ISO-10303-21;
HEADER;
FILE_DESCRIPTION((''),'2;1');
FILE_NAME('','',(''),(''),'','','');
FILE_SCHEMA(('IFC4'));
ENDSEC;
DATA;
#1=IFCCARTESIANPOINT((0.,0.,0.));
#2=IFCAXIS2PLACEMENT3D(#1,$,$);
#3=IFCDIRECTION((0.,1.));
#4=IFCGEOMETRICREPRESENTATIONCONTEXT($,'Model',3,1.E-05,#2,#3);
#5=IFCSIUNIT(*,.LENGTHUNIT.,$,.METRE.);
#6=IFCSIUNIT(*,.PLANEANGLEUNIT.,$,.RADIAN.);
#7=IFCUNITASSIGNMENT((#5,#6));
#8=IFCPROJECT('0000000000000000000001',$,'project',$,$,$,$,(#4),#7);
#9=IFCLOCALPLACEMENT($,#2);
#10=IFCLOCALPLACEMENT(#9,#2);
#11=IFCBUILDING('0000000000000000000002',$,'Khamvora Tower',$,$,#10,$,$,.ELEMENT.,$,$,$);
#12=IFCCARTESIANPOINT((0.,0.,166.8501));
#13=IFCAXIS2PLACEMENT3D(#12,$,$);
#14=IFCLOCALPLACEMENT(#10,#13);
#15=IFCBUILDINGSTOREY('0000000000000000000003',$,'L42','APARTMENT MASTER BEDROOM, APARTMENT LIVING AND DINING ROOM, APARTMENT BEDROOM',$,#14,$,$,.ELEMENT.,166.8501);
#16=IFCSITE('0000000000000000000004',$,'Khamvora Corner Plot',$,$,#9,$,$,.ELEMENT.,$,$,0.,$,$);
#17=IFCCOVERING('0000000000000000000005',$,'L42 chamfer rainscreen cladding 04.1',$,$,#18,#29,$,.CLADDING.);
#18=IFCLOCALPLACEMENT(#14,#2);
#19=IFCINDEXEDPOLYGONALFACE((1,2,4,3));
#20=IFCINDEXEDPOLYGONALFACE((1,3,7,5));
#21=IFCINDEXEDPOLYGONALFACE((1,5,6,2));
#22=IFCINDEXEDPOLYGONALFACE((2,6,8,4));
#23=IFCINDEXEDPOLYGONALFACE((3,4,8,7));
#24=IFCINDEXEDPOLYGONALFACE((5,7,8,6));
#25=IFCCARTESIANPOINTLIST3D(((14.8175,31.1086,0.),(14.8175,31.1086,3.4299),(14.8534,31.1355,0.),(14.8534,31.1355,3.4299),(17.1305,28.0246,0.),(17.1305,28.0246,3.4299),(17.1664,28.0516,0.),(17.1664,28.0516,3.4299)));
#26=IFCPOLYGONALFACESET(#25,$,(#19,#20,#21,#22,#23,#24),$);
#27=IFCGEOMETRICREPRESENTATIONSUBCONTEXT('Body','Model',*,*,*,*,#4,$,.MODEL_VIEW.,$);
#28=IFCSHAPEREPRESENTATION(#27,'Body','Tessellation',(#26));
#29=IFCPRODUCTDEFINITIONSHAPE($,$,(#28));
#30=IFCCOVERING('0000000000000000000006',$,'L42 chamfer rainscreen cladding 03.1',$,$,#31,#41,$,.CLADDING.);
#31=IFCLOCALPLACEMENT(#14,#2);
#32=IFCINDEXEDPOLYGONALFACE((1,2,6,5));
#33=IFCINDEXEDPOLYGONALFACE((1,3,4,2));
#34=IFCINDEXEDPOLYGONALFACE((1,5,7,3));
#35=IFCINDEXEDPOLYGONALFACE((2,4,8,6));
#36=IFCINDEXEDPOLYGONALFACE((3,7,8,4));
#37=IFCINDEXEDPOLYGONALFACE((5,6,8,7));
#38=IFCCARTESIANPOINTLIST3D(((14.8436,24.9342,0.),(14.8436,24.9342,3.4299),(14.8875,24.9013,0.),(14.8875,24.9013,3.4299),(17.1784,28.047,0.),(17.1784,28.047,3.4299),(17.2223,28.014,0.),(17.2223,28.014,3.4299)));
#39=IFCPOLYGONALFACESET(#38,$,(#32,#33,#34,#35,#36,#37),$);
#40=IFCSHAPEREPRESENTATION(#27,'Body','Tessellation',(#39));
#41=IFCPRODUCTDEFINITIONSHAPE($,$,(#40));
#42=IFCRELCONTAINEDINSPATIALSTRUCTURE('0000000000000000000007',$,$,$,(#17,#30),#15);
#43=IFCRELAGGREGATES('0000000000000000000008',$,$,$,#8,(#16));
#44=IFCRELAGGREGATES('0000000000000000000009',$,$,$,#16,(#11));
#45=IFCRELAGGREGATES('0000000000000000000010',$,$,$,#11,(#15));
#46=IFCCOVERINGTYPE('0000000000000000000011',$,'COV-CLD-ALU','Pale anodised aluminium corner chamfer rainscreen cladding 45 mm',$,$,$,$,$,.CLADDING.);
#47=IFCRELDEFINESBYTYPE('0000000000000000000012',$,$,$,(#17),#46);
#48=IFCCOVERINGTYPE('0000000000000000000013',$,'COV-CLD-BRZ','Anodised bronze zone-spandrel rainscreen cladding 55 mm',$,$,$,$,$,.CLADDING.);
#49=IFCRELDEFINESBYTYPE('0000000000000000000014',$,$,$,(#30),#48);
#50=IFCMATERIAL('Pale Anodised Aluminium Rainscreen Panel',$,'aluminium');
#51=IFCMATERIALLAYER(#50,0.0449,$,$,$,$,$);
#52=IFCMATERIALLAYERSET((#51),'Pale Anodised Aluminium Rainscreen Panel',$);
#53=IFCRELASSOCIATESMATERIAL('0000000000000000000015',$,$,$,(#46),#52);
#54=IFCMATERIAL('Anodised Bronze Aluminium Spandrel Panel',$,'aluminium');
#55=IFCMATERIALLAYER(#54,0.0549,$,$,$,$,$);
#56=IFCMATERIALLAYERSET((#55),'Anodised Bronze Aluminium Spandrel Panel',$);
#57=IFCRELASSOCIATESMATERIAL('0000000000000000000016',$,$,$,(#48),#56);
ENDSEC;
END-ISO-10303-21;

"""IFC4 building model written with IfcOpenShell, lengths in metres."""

from ifc_helpers import new_model, si_unit, direction, frame, origin, origin_2d, place, context, subcontext, project, spatial, rectangle, extrude, material, layer, layer_set, type_object, element, save


model = new_model("IFC4")

# Units and contexts
model_context = context("Model", 3, precision=1e-05, world=origin(), true_north=direction((0.0, 1.0)))
body_context = subcontext(model_context, "Body", "Model", "MODEL_VIEW")
ifc_project = project(units=[si_unit("LENGTHUNIT", "METRE"), si_unit("PLANEANGLEUNIT", "RADIAN")], contexts=[model_context])

# Site, building, storey
site_placement = place(None, origin())
site = spatial("IfcSite", under=ifc_project, at=site_placement, Name="Khamvora Corner Plot", CompositionType="ELEMENT", RefElevation=0.0)
building_placement = place(site_placement, origin())
building = spatial("IfcBuilding", under=site, at=building_placement, Name="Khamvora Tower", CompositionType="ELEMENT")
storey_placement = place(building_placement, frame((0.0, 0.0, 166.8501)))
storey = spatial("IfcBuildingStorey", under=building, at=storey_placement, Name="L42", Description="APARTMENT MASTER BEDROOM, APARTMENT LIVING AND DINING ROOM, APARTMENT BEDROOM", CompositionType="ELEMENT", Elevation=166.8501)

# Coverings
ifc_material_1 = material(Name="Pale Anodised Aluminium Rainscreen Panel", Category="aluminium")
ifc_layer_1 = layer(ifc_material_1, 0.0449)
ifc_layer_set_1 = layer_set([ifc_layer_1], Name="Pale Anodised Aluminium Rainscreen Panel")
covering_type_1 = type_object("IfcCoveringType", Name="COV-CLD-ALU", Description="Pale anodised aluminium corner chamfer rainscreen cladding 45 mm", PredefinedType="CLADDING", material=ifc_layer_set_1)
covering_1_placement = place(storey_placement, frame((15.9919, 29.5801, 0.0), z_axis=(0.0, 0.0, 1.0), x_axis=(-0.6, 0.8, 0.0)))
element("IfcCovering", 1, at=covering_1_placement, inside=storey, type_object=covering_type_1, Name="L42 chamfer rainscreen cladding 04.1", PredefinedType="CLADDING", context=body_context, shape_type="SweptSolid", body=[
    extrude(rectangle(XDim=3.855, YDim=0.0449, at=origin_2d()), origin(), (0.0, 0.0, 1.0), 3.4299),
])
ifc_material_2 = material(Name="Anodised Bronze Aluminium Spandrel Panel", Category="aluminium")
ifc_layer_2 = layer(ifc_material_2, 0.0549)
ifc_layer_set_2 = layer_set([ifc_layer_2], Name="Anodised Bronze Aluminium Spandrel Panel")
covering_type_2 = type_object("IfcCoveringType", Name="COV-CLD-BRZ", Description="Anodised bronze zone-spandrel rainscreen cladding 55 mm", PredefinedType="CLADDING", material=ifc_layer_set_2)
covering_2_placement = place(storey_placement, frame((16.033, 26.4741, 0.0), z_axis=(0.0, 0.0, 1.0), x_axis=(0.60004, 0.79997, 0.0)))
element("IfcCovering", 2, at=covering_2_placement, inside=storey, type_object=covering_type_2, Name="L42 chamfer rainscreen cladding 03.1", PredefinedType="CLADDING", context=body_context, shape_type="SweptSolid", body=[
    extrude(rectangle(XDim=3.8911, YDim=0.0549, at=origin_2d()), origin(), (0.0, 0.0, 1.0), 3.4299),
])

save(model, "model.ifc")
